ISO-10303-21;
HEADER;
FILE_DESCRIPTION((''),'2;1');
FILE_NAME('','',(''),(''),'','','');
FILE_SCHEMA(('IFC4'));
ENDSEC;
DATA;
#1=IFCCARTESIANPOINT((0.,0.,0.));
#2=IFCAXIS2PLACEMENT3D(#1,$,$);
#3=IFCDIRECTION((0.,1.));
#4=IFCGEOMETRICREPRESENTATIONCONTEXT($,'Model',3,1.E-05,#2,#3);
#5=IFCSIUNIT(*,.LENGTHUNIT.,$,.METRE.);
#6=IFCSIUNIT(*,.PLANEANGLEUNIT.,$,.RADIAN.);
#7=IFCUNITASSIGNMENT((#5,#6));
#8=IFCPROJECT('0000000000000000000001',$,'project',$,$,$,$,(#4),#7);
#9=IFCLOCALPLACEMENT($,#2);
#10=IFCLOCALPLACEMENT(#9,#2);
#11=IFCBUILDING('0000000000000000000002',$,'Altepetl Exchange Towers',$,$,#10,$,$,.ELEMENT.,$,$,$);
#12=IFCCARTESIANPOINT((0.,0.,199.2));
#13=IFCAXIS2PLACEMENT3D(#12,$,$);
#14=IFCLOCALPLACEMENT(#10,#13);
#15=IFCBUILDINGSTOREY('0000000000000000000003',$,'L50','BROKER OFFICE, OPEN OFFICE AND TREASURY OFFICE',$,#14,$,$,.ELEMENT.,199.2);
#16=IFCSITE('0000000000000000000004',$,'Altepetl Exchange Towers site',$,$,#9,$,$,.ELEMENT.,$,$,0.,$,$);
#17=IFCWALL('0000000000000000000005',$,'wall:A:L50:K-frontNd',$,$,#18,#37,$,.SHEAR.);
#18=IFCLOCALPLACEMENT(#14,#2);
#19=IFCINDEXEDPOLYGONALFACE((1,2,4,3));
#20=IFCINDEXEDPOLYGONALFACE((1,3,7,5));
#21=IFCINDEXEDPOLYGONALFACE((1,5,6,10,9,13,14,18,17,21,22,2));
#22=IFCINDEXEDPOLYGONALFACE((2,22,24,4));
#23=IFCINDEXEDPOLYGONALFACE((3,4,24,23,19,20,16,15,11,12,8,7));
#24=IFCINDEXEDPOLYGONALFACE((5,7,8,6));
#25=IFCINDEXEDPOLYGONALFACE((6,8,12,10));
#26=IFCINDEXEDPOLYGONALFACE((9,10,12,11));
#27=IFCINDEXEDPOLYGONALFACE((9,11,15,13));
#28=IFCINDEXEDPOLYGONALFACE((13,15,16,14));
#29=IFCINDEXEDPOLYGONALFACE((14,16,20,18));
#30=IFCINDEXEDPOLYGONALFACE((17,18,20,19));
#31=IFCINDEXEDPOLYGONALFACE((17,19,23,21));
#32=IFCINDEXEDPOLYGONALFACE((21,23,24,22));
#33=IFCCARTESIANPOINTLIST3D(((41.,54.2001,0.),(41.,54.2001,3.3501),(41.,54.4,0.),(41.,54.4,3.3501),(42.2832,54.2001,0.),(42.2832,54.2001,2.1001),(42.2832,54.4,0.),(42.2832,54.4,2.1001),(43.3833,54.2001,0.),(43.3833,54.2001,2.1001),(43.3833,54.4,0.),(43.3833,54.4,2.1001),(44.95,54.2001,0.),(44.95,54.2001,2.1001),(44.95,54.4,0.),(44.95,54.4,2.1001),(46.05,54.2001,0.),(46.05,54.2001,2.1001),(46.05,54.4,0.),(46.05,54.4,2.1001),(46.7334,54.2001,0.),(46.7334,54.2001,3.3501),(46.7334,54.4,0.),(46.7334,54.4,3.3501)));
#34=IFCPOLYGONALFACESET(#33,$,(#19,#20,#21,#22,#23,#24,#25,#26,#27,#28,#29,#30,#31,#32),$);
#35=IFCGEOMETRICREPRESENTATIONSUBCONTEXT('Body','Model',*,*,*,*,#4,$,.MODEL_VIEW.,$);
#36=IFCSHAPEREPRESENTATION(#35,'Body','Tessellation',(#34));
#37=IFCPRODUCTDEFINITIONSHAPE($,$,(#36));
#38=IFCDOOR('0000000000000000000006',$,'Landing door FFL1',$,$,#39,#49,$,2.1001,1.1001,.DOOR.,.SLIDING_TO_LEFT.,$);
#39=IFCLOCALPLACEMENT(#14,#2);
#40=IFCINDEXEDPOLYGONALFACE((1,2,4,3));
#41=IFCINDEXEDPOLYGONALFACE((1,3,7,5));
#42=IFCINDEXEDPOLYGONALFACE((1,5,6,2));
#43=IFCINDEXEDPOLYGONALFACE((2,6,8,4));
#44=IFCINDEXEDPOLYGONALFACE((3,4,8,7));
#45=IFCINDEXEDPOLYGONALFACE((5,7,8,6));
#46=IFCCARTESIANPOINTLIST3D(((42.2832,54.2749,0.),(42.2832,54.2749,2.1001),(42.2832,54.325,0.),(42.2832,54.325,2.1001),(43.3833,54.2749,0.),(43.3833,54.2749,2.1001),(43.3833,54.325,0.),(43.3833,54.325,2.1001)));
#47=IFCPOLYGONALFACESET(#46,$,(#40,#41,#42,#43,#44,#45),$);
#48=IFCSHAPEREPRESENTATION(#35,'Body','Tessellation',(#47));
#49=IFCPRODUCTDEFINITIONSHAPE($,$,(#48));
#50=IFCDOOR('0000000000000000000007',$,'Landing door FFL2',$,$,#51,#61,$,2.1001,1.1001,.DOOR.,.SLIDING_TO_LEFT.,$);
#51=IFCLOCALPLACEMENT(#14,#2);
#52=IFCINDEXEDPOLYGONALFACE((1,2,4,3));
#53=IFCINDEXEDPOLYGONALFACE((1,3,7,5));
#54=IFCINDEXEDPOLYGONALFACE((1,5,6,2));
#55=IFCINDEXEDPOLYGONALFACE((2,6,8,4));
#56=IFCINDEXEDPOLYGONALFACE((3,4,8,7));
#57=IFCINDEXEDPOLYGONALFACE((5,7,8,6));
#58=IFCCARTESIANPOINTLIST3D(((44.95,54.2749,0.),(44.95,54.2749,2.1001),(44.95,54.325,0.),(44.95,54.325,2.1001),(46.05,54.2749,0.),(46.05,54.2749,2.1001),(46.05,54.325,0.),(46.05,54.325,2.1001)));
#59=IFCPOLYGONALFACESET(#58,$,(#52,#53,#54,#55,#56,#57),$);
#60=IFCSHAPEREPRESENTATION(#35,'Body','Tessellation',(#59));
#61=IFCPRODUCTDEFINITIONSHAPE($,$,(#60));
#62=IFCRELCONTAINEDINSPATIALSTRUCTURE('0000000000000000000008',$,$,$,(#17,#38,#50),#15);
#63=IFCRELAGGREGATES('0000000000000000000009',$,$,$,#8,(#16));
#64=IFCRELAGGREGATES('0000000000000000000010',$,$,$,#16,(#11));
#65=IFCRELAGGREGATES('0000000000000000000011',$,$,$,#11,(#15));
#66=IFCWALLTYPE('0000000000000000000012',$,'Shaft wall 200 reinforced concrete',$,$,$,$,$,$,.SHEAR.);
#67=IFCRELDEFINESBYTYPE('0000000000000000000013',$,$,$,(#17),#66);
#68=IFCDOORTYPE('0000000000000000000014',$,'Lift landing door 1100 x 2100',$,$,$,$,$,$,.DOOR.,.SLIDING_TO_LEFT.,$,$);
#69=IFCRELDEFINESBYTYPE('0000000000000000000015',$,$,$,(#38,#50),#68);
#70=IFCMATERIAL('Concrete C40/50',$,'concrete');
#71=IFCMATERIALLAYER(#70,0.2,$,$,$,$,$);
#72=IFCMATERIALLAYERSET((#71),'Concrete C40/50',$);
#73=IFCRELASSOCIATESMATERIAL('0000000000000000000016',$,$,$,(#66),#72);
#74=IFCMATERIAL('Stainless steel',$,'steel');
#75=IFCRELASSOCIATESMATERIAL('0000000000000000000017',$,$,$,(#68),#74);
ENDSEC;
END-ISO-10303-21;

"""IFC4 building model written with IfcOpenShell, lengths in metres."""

from ifc_helpers import new_model, si_unit, direction, frame, frame_2d, origin, place, context, subcontext, project, spatial, rectangle, extrude, material, layer, layer_set, type_object, element, fill, save


model = new_model("IFC4")

# Units and contexts
model_context = context("Model", 3, precision=1e-05, world=origin(), true_north=direction((0.0, 1.0)))
body_context = subcontext(model_context, "Body", "Model", "MODEL_VIEW")
ifc_project = project(units=[si_unit("LENGTHUNIT", "METRE"), si_unit("PLANEANGLEUNIT", "RADIAN")], contexts=[model_context])

# Site, building, storey
site_placement = place(None, origin())
site = spatial("IfcSite", under=ifc_project, at=site_placement, Name="Altepetl Exchange Towers site", CompositionType="ELEMENT", RefElevation=0.0)
building_placement = place(site_placement, origin())
building = spatial("IfcBuilding", under=site, at=building_placement, Name="Altepetl Exchange Towers", CompositionType="ELEMENT")
storey_placement = place(building_placement, frame((0.0, 0.0, 199.2)))
storey = spatial("IfcBuildingStorey", under=building, at=storey_placement, Name="L50", Description="BROKER OFFICE, OPEN OFFICE AND TREASURY OFFICE", CompositionType="ELEMENT", Elevation=199.2)

# Shared definitions
ifc_material_1 = material(Name="Concrete C40/50", Category="concrete")
ifc_layer_1 = layer(ifc_material_1, 0.2)
ifc_layer_set_1 = layer_set([ifc_layer_1], Name="Concrete C40/50")
wall_type_1 = type_object("IfcWallType", Name="Shaft wall 200 reinforced concrete", PredefinedType="SHEAR", material=ifc_layer_set_1)

# Wall, openings, doors
ifc_material_2 = material(Name="Stainless steel", Category="steel")
wall_1_placement = place(storey_placement, frame((41.0, 54.3, 0.0)))
wall_1 = element("IfcWall", 1, at=wall_1_placement, inside=storey, type_object=wall_type_1, Name="wall:A:L50:K-frontNd", PredefinedType="SHEAR", context=body_context, shape_type="SweptSolid", body=[
    extrude(rectangle(XDim=5.7334, YDim=0.2, at=frame_2d((2.8667, 0.0))), origin(), (0.0, 0.0, 1.0), 3.3501),
])
opening_1_placement = place(wall_1_placement, frame((1.2832, 0.0, 0.0)))
opening_1 = element("IfcOpeningElement", 2, at=opening_1_placement, cuts=wall_1, PredefinedType="OPENING", context=body_context, shape_type="SweptSolid", body=[
    extrude(rectangle(XDim=1.1001, YDim=2.1001, at=frame_2d((0.55, 1.05))), frame((0.0, 0.1099, 0.0), z_axis=(0.0, -1.0, 0.0), x_axis=(1.0, 0.0, 0.0)), (0.0, 0.0, 1.0), 0.22),
])
opening_2_placement = place(wall_1_placement, frame((3.95, 0.0, 0.0)))
opening_2 = element("IfcOpeningElement", 3, at=opening_2_placement, cuts=wall_1, PredefinedType="OPENING", context=body_context, shape_type="SweptSolid", body=[
    extrude(rectangle(XDim=1.1001, YDim=2.1001, at=frame_2d((0.55, 1.05))), frame((0.0, 0.1099, 0.0), z_axis=(0.0, -1.0, 0.0), x_axis=(1.0, 0.0, 0.0)), (0.0, 0.0, 1.0), 0.22),
])
door_type_1 = type_object("IfcDoorType", Name="Lift landing door 1100 x 2100", OperationType="SLIDING_TO_LEFT", PredefinedType="DOOR", material=ifc_material_2)
door_1_placement = place(opening_1_placement, origin())
door_1 = element("IfcDoor", 4, at=door_1_placement, inside=storey, type_object=door_type_1, Name="Landing door FFL1", OperationType="SLIDING_TO_LEFT", OverallHeight=2.1001, OverallWidth=1.1001, PredefinedType="DOOR", context=body_context, shape_type="SweptSolid", body=[
    extrude(rectangle(XDim=1.1001, YDim=2.1001, at=frame_2d((0.55, 1.05))), frame((0.0, 0.0249, 0.0), z_axis=(0.0, -1.0, 0.0), x_axis=(1.0, 0.0, 0.0)), (0.0, 0.0, 1.0), 0.05),
])
fill(opening_1, door_1)
door_2_placement = place(opening_2_placement, origin())
door_2 = element("IfcDoor", 5, at=door_2_placement, inside=storey, type_object=door_type_1, Name="Landing door FFL2", OperationType="SLIDING_TO_LEFT", OverallHeight=2.1001, OverallWidth=1.1001, PredefinedType="DOOR", context=body_context, shape_type="SweptSolid", body=[
    extrude(rectangle(XDim=1.1001, YDim=2.1001, at=frame_2d((0.55, 1.05))), frame((0.0, 0.0249, 0.0), z_axis=(0.0, -1.0, 0.0), x_axis=(1.0, 0.0, 0.0)), (0.0, 0.0, 1.0), 0.05),
])
fill(opening_2, door_2)

save(model, "model.ifc")
